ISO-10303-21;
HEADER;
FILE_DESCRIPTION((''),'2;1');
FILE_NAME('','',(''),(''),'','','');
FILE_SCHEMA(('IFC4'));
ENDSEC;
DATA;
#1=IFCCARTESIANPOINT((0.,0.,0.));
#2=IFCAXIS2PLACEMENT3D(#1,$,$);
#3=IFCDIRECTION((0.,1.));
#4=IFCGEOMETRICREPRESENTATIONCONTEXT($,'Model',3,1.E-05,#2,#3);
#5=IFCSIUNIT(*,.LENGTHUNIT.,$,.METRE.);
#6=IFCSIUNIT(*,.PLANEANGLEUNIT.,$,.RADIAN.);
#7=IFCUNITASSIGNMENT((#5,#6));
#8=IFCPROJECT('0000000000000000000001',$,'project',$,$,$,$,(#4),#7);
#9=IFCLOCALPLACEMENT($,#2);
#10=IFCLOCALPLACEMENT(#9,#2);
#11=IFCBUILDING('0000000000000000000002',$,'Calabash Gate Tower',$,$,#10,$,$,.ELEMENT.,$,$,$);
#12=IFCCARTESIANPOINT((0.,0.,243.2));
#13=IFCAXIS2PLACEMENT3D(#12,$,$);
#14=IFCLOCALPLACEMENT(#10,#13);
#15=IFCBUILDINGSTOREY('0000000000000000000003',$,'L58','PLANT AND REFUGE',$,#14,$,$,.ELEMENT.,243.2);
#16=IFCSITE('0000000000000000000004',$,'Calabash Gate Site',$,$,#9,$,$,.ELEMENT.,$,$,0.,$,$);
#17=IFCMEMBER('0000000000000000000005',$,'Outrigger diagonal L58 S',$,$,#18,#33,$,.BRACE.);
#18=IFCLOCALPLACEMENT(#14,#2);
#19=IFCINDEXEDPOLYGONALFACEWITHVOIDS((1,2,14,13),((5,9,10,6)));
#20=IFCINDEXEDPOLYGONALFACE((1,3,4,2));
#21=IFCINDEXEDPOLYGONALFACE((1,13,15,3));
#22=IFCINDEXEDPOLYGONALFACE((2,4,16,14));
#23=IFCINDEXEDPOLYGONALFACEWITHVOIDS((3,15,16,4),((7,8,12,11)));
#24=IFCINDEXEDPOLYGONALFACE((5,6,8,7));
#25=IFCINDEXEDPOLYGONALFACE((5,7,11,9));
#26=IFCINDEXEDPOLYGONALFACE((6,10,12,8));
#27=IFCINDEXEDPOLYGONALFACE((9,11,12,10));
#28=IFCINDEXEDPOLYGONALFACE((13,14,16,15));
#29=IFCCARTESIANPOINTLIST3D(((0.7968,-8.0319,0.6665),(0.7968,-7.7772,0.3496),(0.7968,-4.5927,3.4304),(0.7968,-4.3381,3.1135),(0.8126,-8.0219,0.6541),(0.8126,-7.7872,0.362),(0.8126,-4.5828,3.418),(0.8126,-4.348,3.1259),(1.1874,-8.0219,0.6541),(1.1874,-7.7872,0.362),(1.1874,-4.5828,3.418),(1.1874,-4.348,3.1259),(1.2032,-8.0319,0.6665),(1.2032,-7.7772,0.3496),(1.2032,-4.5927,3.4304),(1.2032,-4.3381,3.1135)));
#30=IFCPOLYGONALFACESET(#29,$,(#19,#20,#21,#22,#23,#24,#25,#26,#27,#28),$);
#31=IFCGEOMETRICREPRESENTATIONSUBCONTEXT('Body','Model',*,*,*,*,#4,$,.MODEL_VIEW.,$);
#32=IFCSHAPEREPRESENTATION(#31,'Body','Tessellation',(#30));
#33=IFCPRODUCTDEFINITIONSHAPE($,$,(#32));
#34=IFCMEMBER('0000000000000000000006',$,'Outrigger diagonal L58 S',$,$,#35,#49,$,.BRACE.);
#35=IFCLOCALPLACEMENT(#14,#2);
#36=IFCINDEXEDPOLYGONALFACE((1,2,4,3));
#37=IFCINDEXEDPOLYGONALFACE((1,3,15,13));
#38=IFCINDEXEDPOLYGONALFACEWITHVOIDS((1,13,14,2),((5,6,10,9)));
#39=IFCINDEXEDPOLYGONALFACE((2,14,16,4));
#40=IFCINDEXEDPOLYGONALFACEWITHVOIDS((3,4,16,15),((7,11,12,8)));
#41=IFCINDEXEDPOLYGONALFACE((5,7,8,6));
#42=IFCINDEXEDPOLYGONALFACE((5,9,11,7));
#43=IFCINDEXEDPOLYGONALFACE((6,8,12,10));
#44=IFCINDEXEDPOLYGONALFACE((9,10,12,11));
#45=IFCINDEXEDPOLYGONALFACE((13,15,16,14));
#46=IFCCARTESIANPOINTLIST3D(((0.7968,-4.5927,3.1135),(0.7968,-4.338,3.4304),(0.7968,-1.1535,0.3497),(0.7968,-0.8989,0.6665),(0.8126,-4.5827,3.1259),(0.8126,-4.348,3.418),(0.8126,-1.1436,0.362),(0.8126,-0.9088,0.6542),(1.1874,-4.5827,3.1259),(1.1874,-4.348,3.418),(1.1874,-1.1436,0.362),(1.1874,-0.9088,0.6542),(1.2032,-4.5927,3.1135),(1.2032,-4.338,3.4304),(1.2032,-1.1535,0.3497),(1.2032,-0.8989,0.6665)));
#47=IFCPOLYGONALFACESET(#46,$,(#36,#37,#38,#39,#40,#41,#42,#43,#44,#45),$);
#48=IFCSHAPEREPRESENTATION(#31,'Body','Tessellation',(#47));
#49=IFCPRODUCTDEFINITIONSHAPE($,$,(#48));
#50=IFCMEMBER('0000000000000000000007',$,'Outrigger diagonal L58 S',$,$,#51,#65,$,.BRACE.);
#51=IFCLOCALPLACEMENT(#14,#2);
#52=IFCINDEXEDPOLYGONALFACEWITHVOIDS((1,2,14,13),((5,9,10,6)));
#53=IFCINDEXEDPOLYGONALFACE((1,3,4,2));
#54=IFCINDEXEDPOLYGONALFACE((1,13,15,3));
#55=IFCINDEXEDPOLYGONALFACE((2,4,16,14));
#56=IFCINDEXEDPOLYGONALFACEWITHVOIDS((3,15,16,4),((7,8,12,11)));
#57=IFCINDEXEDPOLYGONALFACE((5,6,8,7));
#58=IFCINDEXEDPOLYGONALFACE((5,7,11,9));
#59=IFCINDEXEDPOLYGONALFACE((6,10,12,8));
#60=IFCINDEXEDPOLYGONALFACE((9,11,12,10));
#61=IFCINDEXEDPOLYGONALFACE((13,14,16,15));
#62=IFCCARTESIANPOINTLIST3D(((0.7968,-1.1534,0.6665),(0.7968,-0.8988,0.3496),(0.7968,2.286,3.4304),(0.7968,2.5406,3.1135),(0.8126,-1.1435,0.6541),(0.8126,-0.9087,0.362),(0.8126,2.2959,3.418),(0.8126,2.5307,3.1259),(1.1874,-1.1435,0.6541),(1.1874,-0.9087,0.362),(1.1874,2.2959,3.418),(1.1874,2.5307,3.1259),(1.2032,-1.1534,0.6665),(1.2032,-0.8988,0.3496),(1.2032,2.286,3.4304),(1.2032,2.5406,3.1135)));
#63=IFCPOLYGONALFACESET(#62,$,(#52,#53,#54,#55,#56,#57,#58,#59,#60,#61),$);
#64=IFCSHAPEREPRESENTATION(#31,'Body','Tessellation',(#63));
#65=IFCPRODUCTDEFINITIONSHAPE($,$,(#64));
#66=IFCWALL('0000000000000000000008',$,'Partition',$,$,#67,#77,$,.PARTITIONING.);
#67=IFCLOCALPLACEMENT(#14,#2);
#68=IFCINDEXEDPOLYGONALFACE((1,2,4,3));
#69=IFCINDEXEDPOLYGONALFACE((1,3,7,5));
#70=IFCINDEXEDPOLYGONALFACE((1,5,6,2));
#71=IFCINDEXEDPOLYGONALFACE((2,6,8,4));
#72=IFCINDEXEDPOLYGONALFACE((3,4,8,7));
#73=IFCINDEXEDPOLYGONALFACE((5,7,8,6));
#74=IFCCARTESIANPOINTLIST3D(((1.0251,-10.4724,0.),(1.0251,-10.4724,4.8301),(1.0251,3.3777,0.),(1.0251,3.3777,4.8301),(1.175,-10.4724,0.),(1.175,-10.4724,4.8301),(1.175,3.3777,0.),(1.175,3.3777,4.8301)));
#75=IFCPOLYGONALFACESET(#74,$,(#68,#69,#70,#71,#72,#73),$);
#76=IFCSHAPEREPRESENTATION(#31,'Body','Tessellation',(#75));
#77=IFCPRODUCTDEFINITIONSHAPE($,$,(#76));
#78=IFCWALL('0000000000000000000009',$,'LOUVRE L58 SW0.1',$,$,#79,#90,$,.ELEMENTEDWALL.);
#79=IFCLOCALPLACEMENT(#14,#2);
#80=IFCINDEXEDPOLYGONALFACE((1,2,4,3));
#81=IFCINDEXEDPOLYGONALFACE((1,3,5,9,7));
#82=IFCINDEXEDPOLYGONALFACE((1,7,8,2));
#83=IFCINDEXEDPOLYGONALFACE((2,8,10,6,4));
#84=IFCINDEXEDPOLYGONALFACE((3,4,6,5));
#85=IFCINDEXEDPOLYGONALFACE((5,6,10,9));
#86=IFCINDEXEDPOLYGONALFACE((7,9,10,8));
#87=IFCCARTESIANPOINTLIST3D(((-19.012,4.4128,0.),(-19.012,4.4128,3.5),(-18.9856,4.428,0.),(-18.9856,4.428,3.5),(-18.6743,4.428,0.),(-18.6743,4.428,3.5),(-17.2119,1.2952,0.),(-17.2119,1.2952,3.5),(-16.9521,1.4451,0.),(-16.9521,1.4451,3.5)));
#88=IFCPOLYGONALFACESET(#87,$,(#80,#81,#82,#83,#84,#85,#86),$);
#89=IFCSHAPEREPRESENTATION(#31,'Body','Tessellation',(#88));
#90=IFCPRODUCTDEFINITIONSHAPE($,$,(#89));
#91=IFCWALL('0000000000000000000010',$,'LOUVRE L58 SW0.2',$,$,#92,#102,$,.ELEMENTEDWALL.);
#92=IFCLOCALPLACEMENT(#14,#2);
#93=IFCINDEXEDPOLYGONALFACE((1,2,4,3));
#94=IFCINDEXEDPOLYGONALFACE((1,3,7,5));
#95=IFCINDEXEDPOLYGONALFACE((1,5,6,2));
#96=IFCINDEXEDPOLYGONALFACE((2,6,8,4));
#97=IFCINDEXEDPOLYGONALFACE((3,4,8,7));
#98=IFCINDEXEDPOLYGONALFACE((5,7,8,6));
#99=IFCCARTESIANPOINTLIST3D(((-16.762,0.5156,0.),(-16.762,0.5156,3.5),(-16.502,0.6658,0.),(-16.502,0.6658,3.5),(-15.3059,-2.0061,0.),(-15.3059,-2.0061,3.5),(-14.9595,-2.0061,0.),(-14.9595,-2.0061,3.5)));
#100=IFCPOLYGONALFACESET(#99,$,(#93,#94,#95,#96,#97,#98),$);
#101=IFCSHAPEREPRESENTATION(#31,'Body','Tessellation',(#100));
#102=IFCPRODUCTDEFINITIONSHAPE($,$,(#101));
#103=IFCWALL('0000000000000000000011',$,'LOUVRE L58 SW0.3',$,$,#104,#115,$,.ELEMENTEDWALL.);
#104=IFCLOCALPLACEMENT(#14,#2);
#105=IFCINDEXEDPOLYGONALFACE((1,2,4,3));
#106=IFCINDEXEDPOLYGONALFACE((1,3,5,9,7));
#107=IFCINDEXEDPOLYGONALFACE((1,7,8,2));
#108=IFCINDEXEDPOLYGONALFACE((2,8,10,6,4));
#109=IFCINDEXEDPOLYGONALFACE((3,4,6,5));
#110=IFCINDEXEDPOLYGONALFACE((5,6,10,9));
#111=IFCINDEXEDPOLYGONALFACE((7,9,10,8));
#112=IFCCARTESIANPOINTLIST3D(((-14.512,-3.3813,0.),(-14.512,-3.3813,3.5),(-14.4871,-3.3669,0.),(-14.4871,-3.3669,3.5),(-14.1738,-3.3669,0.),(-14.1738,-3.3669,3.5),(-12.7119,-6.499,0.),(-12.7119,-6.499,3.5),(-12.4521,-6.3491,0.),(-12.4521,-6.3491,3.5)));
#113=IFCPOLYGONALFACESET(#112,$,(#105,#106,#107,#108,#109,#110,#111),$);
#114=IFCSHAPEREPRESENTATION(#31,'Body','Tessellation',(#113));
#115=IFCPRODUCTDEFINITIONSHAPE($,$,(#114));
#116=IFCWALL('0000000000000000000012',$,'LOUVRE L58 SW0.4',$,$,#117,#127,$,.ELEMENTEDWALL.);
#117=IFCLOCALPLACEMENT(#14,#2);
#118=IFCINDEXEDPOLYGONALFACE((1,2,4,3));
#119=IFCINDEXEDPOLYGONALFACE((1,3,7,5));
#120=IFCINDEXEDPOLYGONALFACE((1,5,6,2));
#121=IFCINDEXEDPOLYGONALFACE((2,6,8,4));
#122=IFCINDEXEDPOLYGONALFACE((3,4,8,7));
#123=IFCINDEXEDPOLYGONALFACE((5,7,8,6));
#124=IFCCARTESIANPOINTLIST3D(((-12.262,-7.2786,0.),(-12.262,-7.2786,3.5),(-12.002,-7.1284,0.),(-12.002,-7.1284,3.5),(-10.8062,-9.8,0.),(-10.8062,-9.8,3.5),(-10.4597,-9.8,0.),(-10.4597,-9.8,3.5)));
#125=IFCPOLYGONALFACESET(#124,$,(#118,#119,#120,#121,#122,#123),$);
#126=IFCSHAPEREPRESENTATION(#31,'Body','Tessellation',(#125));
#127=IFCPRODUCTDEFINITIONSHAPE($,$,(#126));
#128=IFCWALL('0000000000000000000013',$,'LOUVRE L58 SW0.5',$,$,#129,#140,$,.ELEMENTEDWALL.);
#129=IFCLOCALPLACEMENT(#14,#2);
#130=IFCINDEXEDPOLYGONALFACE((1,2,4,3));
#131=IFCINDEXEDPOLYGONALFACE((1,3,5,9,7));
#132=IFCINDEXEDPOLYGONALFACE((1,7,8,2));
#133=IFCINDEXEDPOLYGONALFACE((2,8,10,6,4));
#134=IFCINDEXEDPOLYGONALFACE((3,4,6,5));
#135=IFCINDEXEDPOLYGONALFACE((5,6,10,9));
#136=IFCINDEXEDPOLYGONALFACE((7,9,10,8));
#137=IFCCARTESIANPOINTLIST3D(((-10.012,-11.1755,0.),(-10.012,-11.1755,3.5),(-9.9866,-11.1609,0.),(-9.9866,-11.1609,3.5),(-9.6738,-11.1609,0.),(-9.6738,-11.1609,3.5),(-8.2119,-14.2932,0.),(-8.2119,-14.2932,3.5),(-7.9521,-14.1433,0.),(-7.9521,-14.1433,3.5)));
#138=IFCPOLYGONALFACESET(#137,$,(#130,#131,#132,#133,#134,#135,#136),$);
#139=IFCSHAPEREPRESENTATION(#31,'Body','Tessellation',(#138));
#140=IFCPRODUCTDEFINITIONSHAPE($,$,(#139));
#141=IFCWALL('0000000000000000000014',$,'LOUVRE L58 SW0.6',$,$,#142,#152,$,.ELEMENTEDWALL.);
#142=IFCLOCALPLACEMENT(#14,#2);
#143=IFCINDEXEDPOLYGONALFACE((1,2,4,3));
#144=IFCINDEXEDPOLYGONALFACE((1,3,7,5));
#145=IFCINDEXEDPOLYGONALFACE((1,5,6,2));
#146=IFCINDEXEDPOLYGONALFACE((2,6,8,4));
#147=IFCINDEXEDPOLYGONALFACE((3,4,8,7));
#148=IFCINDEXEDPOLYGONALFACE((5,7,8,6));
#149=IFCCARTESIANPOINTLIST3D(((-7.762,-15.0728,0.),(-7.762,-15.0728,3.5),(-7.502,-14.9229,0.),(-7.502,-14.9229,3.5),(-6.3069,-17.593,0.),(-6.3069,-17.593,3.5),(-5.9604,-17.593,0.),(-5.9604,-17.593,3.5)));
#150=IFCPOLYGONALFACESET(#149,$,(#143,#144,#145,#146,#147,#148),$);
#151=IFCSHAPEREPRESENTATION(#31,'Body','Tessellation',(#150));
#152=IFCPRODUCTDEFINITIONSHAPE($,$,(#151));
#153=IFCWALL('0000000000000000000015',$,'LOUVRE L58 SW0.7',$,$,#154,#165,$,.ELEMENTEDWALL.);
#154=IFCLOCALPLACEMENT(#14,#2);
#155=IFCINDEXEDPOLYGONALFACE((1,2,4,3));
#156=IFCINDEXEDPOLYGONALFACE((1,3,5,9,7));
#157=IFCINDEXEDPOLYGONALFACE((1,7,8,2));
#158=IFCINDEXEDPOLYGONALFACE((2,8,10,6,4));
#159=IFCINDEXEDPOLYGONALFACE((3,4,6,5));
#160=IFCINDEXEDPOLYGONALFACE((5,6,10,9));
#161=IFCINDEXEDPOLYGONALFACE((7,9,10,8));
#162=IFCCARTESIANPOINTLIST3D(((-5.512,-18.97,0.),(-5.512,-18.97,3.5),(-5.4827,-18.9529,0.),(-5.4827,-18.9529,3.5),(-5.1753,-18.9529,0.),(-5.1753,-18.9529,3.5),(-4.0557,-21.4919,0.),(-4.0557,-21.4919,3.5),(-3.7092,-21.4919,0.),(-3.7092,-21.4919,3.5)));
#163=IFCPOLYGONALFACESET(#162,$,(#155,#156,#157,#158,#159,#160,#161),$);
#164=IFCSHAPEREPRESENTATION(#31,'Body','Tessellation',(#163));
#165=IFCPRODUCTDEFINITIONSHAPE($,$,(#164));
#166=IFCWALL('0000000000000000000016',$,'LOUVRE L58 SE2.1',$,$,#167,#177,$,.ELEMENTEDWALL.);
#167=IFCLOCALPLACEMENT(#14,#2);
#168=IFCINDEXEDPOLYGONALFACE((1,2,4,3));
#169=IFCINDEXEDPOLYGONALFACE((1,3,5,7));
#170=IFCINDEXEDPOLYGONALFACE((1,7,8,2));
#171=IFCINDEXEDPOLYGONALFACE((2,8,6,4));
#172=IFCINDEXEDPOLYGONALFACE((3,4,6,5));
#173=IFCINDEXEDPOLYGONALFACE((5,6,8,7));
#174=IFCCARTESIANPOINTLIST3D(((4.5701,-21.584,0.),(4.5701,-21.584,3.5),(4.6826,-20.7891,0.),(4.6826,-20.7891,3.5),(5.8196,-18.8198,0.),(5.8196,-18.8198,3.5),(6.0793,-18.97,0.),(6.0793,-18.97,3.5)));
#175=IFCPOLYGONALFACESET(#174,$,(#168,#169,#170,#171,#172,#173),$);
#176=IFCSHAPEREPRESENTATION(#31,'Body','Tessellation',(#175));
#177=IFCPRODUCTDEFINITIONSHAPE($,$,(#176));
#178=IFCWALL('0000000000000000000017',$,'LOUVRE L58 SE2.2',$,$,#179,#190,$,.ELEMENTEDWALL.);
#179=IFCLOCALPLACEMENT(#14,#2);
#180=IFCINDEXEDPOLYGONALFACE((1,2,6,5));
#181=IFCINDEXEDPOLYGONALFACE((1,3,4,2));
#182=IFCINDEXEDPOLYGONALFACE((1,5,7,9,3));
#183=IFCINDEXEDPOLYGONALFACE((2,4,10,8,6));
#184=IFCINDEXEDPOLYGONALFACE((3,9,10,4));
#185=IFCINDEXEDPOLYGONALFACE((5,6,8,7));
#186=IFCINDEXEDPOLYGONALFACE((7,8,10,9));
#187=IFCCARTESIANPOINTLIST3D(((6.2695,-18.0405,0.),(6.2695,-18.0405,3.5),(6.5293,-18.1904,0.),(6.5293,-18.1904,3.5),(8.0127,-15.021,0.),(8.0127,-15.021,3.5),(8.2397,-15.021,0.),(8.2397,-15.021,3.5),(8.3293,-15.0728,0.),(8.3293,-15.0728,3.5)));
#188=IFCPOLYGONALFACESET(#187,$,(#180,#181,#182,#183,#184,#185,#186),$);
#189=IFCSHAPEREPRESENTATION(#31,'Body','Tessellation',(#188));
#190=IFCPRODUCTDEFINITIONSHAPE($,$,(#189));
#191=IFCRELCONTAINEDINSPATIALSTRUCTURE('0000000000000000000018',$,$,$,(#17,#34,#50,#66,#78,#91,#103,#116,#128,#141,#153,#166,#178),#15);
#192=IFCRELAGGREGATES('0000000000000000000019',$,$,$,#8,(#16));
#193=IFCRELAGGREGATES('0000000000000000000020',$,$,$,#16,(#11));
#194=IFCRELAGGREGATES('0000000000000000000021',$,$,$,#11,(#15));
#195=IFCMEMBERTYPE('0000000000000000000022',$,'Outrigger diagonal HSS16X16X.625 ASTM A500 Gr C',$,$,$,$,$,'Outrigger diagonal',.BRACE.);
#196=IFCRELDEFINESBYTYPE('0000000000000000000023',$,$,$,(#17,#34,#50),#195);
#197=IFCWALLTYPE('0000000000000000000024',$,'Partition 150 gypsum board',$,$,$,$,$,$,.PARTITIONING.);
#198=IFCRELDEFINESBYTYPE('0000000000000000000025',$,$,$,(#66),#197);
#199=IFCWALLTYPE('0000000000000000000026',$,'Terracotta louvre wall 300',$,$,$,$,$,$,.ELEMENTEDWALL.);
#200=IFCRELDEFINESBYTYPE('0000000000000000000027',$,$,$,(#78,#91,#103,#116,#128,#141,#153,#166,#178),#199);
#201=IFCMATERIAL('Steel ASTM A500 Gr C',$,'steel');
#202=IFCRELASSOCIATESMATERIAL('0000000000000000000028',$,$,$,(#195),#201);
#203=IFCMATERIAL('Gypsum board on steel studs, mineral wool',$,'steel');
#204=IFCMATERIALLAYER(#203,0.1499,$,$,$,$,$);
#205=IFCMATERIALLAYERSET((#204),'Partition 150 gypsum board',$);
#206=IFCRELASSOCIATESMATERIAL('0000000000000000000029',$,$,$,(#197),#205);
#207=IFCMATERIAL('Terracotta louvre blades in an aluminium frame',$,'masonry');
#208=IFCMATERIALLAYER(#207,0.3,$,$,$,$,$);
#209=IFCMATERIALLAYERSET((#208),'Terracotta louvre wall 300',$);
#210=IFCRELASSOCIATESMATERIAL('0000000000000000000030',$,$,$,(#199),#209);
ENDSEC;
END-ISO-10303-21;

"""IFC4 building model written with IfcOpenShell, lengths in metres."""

from ifc_helpers import new_model, si_unit, direction, frame, frame_2d, origin, origin_2d, place, context, subcontext, project, spatial, polyline, rectangle, hollow_rectangle, outline, extrude, material, layer, layer_set, material_profile, profile_set, type_object, element, save


model = new_model("IFC4")

# Units and contexts
model_context = context("Model", 3, precision=1e-05, world=origin(), true_north=direction((0.0, 1.0)))
body_context = subcontext(model_context, "Body", "Model", "MODEL_VIEW")
ifc_project = project(units=[si_unit("LENGTHUNIT", "METRE"), si_unit("PLANEANGLEUNIT", "RADIAN")], contexts=[model_context])

# Site, building, storey
site_placement = place(None, origin())
site = spatial("IfcSite", under=ifc_project, at=site_placement, Name="Calabash Gate Site", CompositionType="ELEMENT", RefElevation=0.0)
building_placement = place(site_placement, origin())
building = spatial("IfcBuilding", under=site, at=building_placement, Name="Calabash Gate Tower", CompositionType="ELEMENT")
storey_placement = place(building_placement, frame((0.0, 0.0, 243.2)))
storey = spatial("IfcBuildingStorey", under=building, at=storey_placement, Name="L58", Description="PLANT AND REFUGE", CompositionType="ELEMENT", Elevation=243.2)

# Members
ifc_material_1 = material(Name="Steel ASTM A500 Gr C", Category="steel")
ifc_material_profile = material_profile(ifc_material_1, hollow_rectangle(XDim=0.4065, YDim=0.4065, WallThickness=0.0159, at=origin_2d()))
ifc_profile_set = profile_set([ifc_material_profile], Name="Steel ASTM A500 Gr C")
member_type = type_object("IfcMemberType", Name="Outrigger diagonal HSS16X16X.625 ASTM A500 Gr C", ElementType="Outrigger diagonal", PredefinedType="BRACE", material=ifc_profile_set)
for number, where, z_axis, x_axis, name in (
    (1, (1.0, -7.9045, 0.5081), (0.0, 0.77948, 0.626428), (-1.0, 0.0, 0.0), "Outrigger diagonal L58 S"),
    (2, (1.0, -4.4653, 3.272), (0.0, 0.77948, -0.626428), (-1.0, 0.0, 0.0), "Outrigger diagonal L58 S"),
):
    element("IfcMember", number, at=place(storey_placement, frame(where, z_axis=z_axis, x_axis=x_axis)), inside=storey, type_object=member_type, Name=name, PredefinedType="BRACE", context=body_context, shape_type="SweptSolid", body=[
        extrude(hollow_rectangle(XDim=0.4065, YDim=0.4065, WallThickness=0.0159, at=origin_2d()), origin(), (0.0, 0.0, 1.0), 4.4121),
    ])
member_placement = place(storey_placement, frame((1.0, -1.0261, 0.5081), z_axis=(0.0, 0.779501, 0.626401), x_axis=(-1.0, 0.0, 0.0)))
element("IfcMember", 3, at=member_placement, inside=storey, type_object=member_type, Name="Outrigger diagonal L58 S", PredefinedType="BRACE", context=body_context, shape_type="SweptSolid", body=[
    extrude(hollow_rectangle(XDim=0.4065, YDim=0.4065, WallThickness=0.0159, at=origin_2d()), origin(), (0.0, 0.0, 1.0), 4.4124),
])

# Walls
ifc_material_2 = material(Name="Gypsum board on steel studs, mineral wool", Category="steel")
ifc_layer_1 = layer(ifc_material_2, 0.1499)
ifc_layer_set_1 = layer_set([ifc_layer_1], Name="Partition 150 gypsum board")
wall_type_1 = type_object("IfcWallType", Name="Partition 150 gypsum board", PredefinedType="PARTITIONING", material=ifc_layer_set_1)
wall_1_placement = place(storey_placement, frame((1.1001, -10.4724, 0.0), z_axis=(0.0, 0.0, 1.0), x_axis=(0.0, 1.0, 0.0)))
element("IfcWall", 4, at=wall_1_placement, inside=storey, type_object=wall_type_1, Name="Partition", PredefinedType="PARTITIONING", context=body_context, shape_type="SweptSolid", body=[
    extrude(rectangle(XDim=13.8501, YDim=0.1499, at=frame_2d((6.925, 0.0))), origin(), (0.0, 0.0, 1.0), 4.8301),
])
ifc_material_3 = material(Name="Terracotta louvre blades in an aluminium frame", Category="masonry")
ifc_layer_2 = layer(ifc_material_3, 0.3)
ifc_layer_set_2 = layer_set([ifc_layer_2], Name="Terracotta louvre wall 300")
wall_type_2 = type_object("IfcWallType", Name="Terracotta louvre wall 300", PredefinedType="ELEMENTEDWALL", material=ifc_layer_set_2)
wall_2_placement = place(storey_placement, origin())
element("IfcWall", 5, at=wall_2_placement, inside=storey, type_object=wall_type_2, Name="LOUVRE L58 SW0.1", PredefinedType="ELEMENTEDWALL", context=body_context, shape_type="SweptSolid", body=[
    extrude(outline(polyline([(-16.9521, 1.4451), (-18.6743, 4.428), (-18.9856, 4.428), (-19.012, 4.4128), (-17.2119, 1.2952), (-16.9521, 1.4451)])), origin(), (0.0, 0.0, 1.0), 3.5),
])
wall_3_placement = place(storey_placement, origin())
element("IfcWall", 6, at=wall_3_placement, inside=storey, type_object=wall_type_2, Name="LOUVRE L58 SW0.2", PredefinedType="ELEMENTEDWALL", context=body_context, shape_type="SweptSolid", body=[
    extrude(outline(polyline([(-16.762, 0.5156), (-15.3059, -2.0061), (-14.9595, -2.0061), (-16.502, 0.6658), (-16.762, 0.5156)])), origin(), (0.0, 0.0, 1.0), 3.5),
])
wall_4_placement = place(storey_placement, origin())
element("IfcWall", 7, at=wall_4_placement, inside=storey, type_object=wall_type_2, Name="LOUVRE L58 SW0.3", PredefinedType="ELEMENTEDWALL", context=body_context, shape_type="SweptSolid", body=[
    extrude(outline(polyline([(-12.4521, -6.3491), (-14.1738, -3.3669), (-14.4871, -3.3669), (-14.512, -3.3813), (-12.7119, -6.499), (-12.4521, -6.3491)])), origin(), (0.0, 0.0, 1.0), 3.5),
])
wall_5_placement = place(storey_placement, origin())
element("IfcWall", 8, at=wall_5_placement, inside=storey, type_object=wall_type_2, Name="LOUVRE L58 SW0.4", PredefinedType="ELEMENTEDWALL", context=body_context, shape_type="SweptSolid", body=[
    extrude(outline(polyline([(-12.262, -7.2786), (-10.8062, -9.8), (-10.4597, -9.8), (-12.002, -7.1284), (-12.262, -7.2786)])), origin(), (0.0, 0.0, 1.0), 3.5),
])
wall_6_placement = place(storey_placement, origin())
element("IfcWall", 9, at=wall_6_placement, inside=storey, type_object=wall_type_2, Name="LOUVRE L58 SW0.5", PredefinedType="ELEMENTEDWALL", context=body_context, shape_type="SweptSolid", body=[
    extrude(outline(polyline([(-7.9521, -14.1433), (-9.6738, -11.1609), (-9.9866, -11.1609), (-10.012, -11.1755), (-8.2119, -14.2932), (-7.9521, -14.1433)])), origin(), (0.0, 0.0, 1.0), 3.5),
])
wall_7_placement = place(storey_placement, origin())
element("IfcWall", 10, at=wall_7_placement, inside=storey, type_object=wall_type_2, Name="LOUVRE L58 SW0.6", PredefinedType="ELEMENTEDWALL", context=body_context, shape_type="SweptSolid", body=[
    extrude(outline(polyline([(-7.762, -15.0728), (-6.3069, -17.593), (-5.9604, -17.593), (-7.502, -14.9229), (-7.762, -15.0728)])), origin(), (0.0, 0.0, 1.0), 3.5),
])
wall_8_placement = place(storey_placement, origin())
element("IfcWall", 11, at=wall_8_placement, inside=storey, type_object=wall_type_2, Name="LOUVRE L58 SW0.7", PredefinedType="ELEMENTEDWALL", context=body_context, shape_type="SweptSolid", body=[
    extrude(outline(polyline([(-5.512, -18.97), (-4.0557, -21.4919), (-3.7092, -21.4919), (-5.1753, -18.9529), (-5.4827, -18.9529), (-5.512, -18.97)])), origin(), (0.0, 0.0, 1.0), 3.5),
])
wall_9_placement = place(storey_placement, origin())
element("IfcWall", 12, at=wall_9_placement, inside=storey, type_object=wall_type_2, Name="LOUVRE L58 SE2.1", PredefinedType="ELEMENTEDWALL", context=body_context, shape_type="SweptSolid", body=[
    extrude(outline(polyline([(5.8196, -18.8198), (4.6826, -20.7891), (4.5701, -21.584), (6.0793, -18.97), (5.8196, -18.8198)])), origin(), (0.0, 0.0, 1.0), 3.5),
])
wall_10_placement = place(storey_placement, origin())
element("IfcWall", 13, at=wall_10_placement, inside=storey, type_object=wall_type_2, Name="LOUVRE L58 SE2.2", PredefinedType="ELEMENTEDWALL", context=body_context, shape_type="SweptSolid", body=[
    extrude(outline(polyline([(8.3293, -15.0728), (8.2397, -15.021), (8.0127, -15.021), (6.2695, -18.0405), (6.5293, -18.1904), (8.3293, -15.0728)])), origin(), (0.0, 0.0, 1.0), 3.5),
])

save(model, "model.ifc")
